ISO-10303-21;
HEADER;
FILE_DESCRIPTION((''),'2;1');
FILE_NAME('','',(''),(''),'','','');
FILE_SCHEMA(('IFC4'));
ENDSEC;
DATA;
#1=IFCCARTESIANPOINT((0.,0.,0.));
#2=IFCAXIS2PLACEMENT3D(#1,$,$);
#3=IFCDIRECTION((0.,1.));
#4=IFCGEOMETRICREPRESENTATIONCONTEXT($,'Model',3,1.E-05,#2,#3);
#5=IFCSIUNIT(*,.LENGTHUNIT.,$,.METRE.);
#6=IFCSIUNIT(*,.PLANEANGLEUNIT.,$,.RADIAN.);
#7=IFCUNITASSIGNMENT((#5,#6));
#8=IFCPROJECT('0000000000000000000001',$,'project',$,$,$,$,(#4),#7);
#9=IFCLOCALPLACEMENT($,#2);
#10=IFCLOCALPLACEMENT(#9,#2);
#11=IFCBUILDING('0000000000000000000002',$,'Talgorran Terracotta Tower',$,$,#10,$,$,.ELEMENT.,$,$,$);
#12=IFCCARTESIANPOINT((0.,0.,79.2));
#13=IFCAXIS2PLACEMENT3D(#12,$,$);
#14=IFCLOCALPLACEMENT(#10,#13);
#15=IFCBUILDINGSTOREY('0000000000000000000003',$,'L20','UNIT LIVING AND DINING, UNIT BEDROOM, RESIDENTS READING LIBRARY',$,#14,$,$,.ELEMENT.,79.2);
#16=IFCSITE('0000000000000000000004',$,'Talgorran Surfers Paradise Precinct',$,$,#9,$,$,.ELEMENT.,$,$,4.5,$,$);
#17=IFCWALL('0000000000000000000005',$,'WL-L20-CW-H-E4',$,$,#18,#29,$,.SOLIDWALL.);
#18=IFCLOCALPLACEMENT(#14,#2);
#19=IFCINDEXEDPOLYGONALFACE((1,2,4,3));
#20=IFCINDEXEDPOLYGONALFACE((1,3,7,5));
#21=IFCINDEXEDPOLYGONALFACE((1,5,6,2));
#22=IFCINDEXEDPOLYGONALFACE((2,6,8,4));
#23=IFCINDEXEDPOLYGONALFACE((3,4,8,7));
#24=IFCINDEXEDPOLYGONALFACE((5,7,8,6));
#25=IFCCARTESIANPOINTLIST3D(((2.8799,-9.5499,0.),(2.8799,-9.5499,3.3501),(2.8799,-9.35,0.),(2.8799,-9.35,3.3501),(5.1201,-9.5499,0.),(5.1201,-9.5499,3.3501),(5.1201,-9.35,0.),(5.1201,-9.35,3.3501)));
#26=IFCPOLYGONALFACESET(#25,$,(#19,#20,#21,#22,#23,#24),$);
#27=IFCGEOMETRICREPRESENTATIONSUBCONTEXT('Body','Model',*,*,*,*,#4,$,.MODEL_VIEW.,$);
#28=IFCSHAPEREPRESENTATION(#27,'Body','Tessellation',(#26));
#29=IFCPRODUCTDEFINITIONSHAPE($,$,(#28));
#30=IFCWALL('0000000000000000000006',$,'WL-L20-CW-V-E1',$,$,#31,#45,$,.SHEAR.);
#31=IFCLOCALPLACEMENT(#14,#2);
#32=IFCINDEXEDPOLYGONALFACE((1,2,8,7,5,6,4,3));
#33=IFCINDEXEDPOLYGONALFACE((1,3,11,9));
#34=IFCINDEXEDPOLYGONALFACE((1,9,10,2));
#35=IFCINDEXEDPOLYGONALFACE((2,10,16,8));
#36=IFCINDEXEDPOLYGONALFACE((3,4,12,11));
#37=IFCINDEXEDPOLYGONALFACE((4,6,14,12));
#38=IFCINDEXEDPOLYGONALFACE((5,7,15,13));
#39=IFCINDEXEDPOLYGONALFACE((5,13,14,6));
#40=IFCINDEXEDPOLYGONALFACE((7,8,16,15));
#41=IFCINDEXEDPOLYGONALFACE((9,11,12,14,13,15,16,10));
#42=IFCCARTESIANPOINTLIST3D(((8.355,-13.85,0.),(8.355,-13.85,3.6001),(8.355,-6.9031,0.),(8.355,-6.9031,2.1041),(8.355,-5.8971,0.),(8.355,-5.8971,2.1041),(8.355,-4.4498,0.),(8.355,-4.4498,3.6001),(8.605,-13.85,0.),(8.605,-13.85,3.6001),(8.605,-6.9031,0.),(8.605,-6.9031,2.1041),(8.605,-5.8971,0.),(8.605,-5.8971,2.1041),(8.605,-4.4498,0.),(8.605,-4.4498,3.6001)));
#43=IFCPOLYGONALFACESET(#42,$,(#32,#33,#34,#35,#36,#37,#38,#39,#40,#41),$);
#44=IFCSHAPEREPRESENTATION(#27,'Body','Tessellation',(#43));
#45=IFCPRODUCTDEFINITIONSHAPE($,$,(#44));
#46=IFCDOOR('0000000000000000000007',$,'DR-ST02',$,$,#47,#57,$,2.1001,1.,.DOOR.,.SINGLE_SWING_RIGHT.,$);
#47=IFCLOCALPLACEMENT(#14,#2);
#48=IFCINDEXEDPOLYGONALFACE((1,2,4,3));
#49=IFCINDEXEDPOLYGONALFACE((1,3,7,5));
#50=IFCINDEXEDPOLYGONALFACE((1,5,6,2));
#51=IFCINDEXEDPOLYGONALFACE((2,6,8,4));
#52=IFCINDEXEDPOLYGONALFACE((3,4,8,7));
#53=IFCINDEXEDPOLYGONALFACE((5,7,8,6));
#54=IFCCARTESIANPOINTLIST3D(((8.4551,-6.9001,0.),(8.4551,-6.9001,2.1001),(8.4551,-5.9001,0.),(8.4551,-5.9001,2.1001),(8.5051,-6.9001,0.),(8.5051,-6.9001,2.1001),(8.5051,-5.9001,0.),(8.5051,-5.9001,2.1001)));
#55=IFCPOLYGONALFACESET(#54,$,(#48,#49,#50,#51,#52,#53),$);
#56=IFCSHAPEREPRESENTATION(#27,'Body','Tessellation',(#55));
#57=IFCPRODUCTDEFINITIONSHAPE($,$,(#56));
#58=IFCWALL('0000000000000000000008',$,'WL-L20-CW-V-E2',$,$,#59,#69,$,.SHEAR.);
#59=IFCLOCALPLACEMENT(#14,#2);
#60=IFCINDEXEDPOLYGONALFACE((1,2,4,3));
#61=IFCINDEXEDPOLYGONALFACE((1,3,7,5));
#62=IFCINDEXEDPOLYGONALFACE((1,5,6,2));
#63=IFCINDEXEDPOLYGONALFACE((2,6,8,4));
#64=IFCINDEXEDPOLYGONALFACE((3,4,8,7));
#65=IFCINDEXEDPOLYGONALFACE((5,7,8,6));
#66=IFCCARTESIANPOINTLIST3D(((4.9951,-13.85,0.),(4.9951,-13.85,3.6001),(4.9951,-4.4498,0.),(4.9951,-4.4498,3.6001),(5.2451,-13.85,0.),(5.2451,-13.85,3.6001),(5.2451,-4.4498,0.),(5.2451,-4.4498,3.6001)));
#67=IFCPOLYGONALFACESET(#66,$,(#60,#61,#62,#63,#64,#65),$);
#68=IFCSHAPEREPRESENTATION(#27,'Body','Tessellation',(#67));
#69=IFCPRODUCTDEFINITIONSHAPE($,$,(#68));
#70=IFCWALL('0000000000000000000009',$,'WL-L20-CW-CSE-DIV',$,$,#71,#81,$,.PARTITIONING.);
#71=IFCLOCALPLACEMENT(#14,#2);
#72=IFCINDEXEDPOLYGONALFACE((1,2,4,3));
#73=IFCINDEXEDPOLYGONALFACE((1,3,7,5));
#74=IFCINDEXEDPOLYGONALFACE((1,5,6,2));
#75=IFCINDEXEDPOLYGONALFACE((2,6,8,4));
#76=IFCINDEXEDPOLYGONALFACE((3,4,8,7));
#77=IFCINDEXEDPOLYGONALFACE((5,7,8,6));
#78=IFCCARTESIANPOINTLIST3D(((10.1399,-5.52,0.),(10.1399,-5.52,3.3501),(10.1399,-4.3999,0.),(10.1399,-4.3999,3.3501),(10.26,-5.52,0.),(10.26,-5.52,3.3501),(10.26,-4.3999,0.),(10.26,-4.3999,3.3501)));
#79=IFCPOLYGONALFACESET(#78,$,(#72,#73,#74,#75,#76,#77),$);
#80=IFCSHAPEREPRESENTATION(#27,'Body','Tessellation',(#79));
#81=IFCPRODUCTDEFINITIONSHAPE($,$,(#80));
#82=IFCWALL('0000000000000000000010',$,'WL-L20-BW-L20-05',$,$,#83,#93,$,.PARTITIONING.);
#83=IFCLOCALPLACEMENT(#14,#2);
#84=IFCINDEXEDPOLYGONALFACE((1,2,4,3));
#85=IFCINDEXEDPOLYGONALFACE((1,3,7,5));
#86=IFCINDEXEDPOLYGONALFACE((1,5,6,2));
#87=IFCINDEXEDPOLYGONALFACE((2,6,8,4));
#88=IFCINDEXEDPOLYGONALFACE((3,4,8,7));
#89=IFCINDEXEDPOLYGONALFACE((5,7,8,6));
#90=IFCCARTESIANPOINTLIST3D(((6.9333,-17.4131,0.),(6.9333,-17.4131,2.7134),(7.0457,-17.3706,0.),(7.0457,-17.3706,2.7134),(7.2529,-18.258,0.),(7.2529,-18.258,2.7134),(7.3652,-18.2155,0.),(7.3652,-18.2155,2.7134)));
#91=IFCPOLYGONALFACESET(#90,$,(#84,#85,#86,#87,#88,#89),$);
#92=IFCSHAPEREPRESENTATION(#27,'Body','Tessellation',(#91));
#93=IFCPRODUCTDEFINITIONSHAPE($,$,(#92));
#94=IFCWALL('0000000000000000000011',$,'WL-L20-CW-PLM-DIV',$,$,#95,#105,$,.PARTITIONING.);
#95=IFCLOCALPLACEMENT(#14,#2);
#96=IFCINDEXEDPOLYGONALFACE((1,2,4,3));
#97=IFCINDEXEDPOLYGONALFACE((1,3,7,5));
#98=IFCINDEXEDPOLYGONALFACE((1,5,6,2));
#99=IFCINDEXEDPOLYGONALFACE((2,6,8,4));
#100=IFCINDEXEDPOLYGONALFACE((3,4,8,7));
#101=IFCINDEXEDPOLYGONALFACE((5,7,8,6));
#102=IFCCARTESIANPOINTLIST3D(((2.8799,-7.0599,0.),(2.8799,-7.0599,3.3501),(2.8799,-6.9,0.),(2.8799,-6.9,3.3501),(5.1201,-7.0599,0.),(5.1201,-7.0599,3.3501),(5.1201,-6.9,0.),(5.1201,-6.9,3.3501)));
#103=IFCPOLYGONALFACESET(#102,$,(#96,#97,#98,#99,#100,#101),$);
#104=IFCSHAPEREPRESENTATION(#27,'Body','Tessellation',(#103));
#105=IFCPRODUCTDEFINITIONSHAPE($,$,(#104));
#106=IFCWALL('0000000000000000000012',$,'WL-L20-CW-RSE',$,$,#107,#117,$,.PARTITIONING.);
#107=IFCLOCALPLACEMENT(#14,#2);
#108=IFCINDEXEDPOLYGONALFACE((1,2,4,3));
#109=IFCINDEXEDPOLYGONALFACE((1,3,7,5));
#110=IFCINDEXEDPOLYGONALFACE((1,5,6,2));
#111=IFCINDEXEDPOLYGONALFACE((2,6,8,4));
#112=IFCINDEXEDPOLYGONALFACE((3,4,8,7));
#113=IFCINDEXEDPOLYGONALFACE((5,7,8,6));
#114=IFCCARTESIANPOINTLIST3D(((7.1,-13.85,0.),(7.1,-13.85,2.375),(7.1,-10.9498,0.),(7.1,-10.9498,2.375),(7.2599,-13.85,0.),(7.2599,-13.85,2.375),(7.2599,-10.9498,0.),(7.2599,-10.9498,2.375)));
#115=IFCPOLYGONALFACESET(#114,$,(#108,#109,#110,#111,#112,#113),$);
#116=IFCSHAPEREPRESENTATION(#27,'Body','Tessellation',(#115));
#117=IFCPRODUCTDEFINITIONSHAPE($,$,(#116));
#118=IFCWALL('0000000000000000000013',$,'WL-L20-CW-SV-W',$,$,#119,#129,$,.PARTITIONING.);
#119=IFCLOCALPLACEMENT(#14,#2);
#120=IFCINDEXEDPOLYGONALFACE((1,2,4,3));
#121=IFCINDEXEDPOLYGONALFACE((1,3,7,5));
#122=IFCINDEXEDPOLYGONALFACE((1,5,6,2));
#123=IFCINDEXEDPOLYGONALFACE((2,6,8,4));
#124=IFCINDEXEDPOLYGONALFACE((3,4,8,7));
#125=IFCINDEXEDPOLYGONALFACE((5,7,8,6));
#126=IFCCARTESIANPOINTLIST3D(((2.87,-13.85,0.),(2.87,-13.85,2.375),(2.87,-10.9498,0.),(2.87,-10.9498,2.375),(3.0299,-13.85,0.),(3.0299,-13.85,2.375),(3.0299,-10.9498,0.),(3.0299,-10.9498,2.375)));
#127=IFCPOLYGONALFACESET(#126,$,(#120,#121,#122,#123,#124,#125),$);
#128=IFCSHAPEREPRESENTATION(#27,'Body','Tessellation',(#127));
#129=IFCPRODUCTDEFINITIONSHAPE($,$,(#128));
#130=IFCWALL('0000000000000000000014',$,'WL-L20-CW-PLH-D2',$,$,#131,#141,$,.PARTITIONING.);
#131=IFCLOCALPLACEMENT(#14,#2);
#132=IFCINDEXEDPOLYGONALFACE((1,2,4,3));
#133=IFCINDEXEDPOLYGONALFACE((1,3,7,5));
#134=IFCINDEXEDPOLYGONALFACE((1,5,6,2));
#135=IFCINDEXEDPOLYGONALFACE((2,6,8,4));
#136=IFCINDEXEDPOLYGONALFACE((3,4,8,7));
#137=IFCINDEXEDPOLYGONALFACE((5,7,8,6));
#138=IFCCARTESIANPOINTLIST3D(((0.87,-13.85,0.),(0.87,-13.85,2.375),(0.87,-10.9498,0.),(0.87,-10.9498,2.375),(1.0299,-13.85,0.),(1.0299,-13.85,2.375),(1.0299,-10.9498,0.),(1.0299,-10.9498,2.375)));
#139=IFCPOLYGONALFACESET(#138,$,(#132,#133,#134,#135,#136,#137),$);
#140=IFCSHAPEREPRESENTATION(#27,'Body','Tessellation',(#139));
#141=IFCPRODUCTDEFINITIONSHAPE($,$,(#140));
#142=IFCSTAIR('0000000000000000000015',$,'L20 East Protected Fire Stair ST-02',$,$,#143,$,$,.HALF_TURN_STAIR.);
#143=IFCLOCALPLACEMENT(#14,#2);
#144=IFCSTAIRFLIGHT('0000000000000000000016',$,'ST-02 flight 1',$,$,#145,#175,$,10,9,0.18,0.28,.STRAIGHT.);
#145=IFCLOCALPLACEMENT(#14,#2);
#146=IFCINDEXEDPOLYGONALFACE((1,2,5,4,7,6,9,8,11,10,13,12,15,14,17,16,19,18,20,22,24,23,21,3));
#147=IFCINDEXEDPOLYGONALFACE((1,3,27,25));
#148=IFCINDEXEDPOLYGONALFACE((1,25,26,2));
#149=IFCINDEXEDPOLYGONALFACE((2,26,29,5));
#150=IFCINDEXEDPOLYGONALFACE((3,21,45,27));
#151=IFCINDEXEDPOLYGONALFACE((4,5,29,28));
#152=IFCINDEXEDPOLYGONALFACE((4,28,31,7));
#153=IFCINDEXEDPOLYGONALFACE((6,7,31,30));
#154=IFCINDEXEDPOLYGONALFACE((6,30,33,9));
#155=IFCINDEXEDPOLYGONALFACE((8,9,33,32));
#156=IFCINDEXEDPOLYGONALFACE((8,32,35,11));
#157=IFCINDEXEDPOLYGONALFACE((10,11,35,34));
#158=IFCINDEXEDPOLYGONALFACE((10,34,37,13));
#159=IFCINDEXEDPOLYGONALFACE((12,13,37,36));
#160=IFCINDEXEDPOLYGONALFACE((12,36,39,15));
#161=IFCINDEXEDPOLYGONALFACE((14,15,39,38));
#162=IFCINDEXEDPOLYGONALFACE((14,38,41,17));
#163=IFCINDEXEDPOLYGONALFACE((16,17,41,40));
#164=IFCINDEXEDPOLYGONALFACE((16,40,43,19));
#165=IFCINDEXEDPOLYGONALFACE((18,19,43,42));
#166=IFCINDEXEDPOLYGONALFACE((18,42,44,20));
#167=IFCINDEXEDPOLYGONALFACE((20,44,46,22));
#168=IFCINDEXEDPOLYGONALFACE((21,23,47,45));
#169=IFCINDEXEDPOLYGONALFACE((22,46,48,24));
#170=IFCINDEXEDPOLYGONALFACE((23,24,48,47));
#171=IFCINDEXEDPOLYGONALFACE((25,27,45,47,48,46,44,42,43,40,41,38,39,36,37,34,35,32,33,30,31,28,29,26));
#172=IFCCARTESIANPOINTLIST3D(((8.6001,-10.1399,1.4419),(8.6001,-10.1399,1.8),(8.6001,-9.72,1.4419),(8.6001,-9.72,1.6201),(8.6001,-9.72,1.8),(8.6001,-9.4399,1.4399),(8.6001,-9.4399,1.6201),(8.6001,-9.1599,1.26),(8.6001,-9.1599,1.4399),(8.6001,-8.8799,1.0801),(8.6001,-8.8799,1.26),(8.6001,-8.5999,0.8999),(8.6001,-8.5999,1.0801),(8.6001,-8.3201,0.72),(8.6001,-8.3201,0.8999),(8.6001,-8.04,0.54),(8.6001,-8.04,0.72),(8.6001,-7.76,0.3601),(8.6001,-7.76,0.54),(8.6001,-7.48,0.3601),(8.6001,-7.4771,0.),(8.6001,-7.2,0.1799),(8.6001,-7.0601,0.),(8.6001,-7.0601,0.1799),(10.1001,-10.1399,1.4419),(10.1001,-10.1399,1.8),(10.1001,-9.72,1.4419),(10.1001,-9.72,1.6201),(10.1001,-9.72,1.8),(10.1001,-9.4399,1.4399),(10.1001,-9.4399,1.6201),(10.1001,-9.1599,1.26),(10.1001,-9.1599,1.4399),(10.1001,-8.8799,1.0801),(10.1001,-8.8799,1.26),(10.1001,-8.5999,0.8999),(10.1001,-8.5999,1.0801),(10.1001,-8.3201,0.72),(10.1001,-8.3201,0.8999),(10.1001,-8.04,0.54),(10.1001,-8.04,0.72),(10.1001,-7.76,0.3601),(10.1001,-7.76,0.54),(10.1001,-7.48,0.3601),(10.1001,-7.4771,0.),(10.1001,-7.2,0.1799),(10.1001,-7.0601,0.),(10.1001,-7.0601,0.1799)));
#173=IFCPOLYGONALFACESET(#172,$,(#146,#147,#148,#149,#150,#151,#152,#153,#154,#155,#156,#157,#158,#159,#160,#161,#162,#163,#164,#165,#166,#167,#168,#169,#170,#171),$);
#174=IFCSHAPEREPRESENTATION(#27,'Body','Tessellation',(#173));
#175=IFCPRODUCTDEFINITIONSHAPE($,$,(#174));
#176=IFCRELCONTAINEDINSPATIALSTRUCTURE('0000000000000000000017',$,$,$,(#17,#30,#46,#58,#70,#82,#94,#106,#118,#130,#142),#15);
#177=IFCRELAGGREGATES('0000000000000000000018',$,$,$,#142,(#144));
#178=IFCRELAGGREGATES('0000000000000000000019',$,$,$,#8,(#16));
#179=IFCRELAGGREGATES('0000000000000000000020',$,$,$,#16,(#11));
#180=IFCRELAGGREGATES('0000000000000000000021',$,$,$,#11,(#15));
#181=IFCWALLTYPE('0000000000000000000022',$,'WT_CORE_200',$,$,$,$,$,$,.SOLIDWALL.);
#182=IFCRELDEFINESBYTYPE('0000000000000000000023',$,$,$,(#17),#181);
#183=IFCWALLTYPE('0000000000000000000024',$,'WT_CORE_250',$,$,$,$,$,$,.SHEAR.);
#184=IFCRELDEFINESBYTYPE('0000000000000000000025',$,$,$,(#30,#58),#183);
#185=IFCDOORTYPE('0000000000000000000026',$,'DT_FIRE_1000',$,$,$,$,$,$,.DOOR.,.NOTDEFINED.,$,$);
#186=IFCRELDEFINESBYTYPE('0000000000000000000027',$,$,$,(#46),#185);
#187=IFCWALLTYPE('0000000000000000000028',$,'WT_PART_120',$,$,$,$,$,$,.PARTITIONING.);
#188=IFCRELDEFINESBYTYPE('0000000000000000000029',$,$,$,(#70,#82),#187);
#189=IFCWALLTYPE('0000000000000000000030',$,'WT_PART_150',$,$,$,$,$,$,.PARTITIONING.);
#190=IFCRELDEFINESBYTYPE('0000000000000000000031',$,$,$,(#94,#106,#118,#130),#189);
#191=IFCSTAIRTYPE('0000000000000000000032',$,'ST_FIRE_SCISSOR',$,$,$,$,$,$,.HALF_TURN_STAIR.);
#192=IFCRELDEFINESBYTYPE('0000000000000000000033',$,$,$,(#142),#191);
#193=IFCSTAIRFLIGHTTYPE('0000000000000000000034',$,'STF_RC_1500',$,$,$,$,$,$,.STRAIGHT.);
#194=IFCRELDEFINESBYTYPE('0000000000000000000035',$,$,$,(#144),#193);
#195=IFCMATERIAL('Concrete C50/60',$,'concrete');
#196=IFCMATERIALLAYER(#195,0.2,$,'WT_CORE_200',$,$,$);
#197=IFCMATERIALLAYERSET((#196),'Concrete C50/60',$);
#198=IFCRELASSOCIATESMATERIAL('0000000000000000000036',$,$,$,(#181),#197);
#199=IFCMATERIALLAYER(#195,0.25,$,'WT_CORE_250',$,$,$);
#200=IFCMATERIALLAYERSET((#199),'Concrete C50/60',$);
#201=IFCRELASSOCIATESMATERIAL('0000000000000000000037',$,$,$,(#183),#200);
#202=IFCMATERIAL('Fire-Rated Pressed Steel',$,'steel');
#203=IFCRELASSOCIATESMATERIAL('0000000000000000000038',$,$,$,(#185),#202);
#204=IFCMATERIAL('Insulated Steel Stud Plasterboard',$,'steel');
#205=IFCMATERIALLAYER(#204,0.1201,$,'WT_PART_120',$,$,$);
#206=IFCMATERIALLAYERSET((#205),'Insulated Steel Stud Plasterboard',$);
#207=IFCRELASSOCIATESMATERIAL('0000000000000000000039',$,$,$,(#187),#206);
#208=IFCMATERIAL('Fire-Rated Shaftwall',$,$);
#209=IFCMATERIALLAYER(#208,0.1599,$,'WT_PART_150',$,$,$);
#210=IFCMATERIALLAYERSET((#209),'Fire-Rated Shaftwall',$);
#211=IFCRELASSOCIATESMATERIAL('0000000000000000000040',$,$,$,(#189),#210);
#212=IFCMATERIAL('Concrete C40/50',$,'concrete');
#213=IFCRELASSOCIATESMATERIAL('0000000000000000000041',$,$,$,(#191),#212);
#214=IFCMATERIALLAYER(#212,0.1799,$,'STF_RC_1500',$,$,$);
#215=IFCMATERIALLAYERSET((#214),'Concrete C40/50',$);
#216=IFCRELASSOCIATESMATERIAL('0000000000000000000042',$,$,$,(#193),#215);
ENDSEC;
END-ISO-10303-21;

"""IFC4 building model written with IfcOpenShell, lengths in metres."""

from ifc_helpers import new_model, si_unit, direction, frame, frame_2d, origin, place, context, subcontext, project, spatial, polyline, rectangle, outline, extrude, material, layer, layer_set, type_object, element, fill, aggregate, save


model = new_model("IFC4")

# Units and contexts
model_context = context("Model", 3, precision=1e-05, world=origin(), true_north=direction((0.0, 1.0)))
body_context = subcontext(model_context, "Body", "Model", "MODEL_VIEW")
ifc_project = project(units=[si_unit("LENGTHUNIT", "METRE"), si_unit("PLANEANGLEUNIT", "RADIAN")], contexts=[model_context])

# Site, building, storey
site_placement = place(None, origin())
site = spatial("IfcSite", under=ifc_project, at=site_placement, Name="Talgorran Surfers Paradise Precinct", CompositionType="ELEMENT", RefElevation=4.5)
building_placement = place(site_placement, origin())
building = spatial("IfcBuilding", under=site, at=building_placement, Name="Talgorran Terracotta Tower", CompositionType="ELEMENT")
storey_placement = place(building_placement, frame((0.0, 0.0, 79.2)))
storey = spatial("IfcBuildingStorey", under=building, at=storey_placement, Name="L20", Description="UNIT LIVING AND DINING, UNIT BEDROOM, RESIDENTS READING LIBRARY", CompositionType="ELEMENT", Elevation=79.2)

# Shared definitions
ifc_material_1 = material(Name="Concrete C50/60", Category="concrete")
ifc_layer_1 = layer(ifc_material_1, 0.2, Name="WT_CORE_200")
ifc_layer_set_1 = layer_set([ifc_layer_1], Name="Concrete C50/60")
wall_type_1 = type_object("IfcWallType", Name="WT_CORE_200", PredefinedType="SOLIDWALL", material=ifc_layer_set_1)

# Shared definitions
ifc_material_2 = material(Name="Fire-Rated Pressed Steel", Category="steel")

# Wall
wall_1_placement = place(storey_placement, frame((2.8799, -9.45, 0.0), z_axis=(0.0, 0.0, 1.0), x_axis=(1.0, 0.0, 0.0)))
element("IfcWall", 1, at=wall_1_placement, inside=storey, type_object=wall_type_1, Name="WL-L20-CW-H-E4", PredefinedType="SOLIDWALL", context=body_context, shape_type="SweptSolid", body=[
    extrude(rectangle(XDim=2.2402, YDim=0.2, at=frame_2d((1.1201, 0.0))), origin(), (0.0, 0.0, 1.0), 3.3501),
])

# Wall, opening, door
ifc_layer_2 = layer(ifc_material_1, 0.25, Name="WT_CORE_250")
ifc_layer_set_2 = layer_set([ifc_layer_2], Name="Concrete C50/60")
wall_type_2 = type_object("IfcWallType", Name="WT_CORE_250", PredefinedType="SHEAR", material=ifc_layer_set_2)
wall_2_placement = place(storey_placement, frame((8.48, -13.8501, 0.0), z_axis=(0.0, 0.0, 1.0), x_axis=(0.0, 1.0, 0.0)))
wall_2 = element("IfcWall", 2, at=wall_2_placement, inside=storey, type_object=wall_type_2, Name="WL-L20-CW-V-E1", PredefinedType="SHEAR", context=body_context, shape_type="SweptSolid", body=[
    extrude(rectangle(XDim=9.4001, YDim=0.25, at=frame_2d((4.7002, 0.0))), origin(), (0.0, 0.0, 1.0), 3.6001),
])
opening_1_placement = place(wall_2_placement, frame((6.95, 0.0, 0.0)))
opening_1 = element("IfcOpeningElement", 3, at=opening_1_placement, cuts=wall_2, PredefinedType="OPENING", context=body_context, shape_type="SweptSolid", body=[
    extrude(rectangle(XDim=1.006, YDim=2.1041, at=frame_2d((0.5, 1.052))), frame((0.0, 0.135, 0.0), z_axis=(0.0, -1.0, 0.0), x_axis=(1.0, 0.0, 0.0)), (0.0, 0.0, 1.0), 0.27),
])
door_type_1 = type_object("IfcDoorType", Name="DT_FIRE_1000", OperationType="NOTDEFINED", PredefinedType="DOOR", material=ifc_material_2)
door_1_placement = place(opening_1_placement, origin())
door_1 = element("IfcDoor", 4, at=door_1_placement, inside=storey, type_object=door_type_1, Name="DR-ST02", OperationType="SINGLE_SWING_RIGHT", OverallHeight=2.1001, OverallWidth=1.0, PredefinedType="DOOR", context=body_context, shape_type="SweptSolid", body=[
    extrude(rectangle(XDim=1.0, YDim=2.1001, at=frame_2d((0.5, 1.05))), frame((0.0, 0.0249, 0.0), z_axis=(0.0, -1.0, 0.0), x_axis=(1.0, 0.0, 0.0)), (0.0, 0.0, 1.0), 0.05),
])
fill(opening_1, door_1)

# Walls
wall_3_placement = place(storey_placement, frame((5.1201, -13.8501, 0.0), z_axis=(0.0, 0.0, 1.0), x_axis=(0.0, 1.0, 0.0)))
element("IfcWall", 5, at=wall_3_placement, inside=storey, type_object=wall_type_2, Name="WL-L20-CW-V-E2", PredefinedType="SHEAR", context=body_context, shape_type="SweptSolid", body=[
    extrude(rectangle(XDim=9.4001, YDim=0.25, at=frame_2d((4.7002, 0.0))), origin(), (0.0, 0.0, 1.0), 3.6001),
])
ifc_material_3 = material(Name="Insulated Steel Stud Plasterboard", Category="steel")
ifc_layer_3 = layer(ifc_material_3, 0.1201, Name="WT_PART_120")
ifc_layer_set_3 = layer_set([ifc_layer_3], Name="Insulated Steel Stud Plasterboard")
wall_type_3 = type_object("IfcWallType", Name="WT_PART_120", PredefinedType="PARTITIONING", material=ifc_layer_set_3)
wall_4_placement = place(storey_placement, frame((10.2, -5.52, 0.0), z_axis=(0.0, 0.0, 1.0), x_axis=(0.0, 1.0, 0.0)))
element("IfcWall", 6, at=wall_4_placement, inside=storey, type_object=wall_type_3, Name="WL-L20-CW-CSE-DIV", PredefinedType="PARTITIONING", context=body_context, shape_type="SweptSolid", body=[
    extrude(rectangle(XDim=1.1201, YDim=0.1201, at=frame_2d((0.5601, 0.0))), origin(), (0.0, 0.0, 1.0), 3.3501),
])
wall_5_placement = place(storey_placement, frame((6.9895, -17.3918, 0.0), z_axis=(0.0, 0.0, 1.0), x_axis=(0.353758, -0.935337, 0.0)))
element("IfcWall", 7, at=wall_5_placement, inside=storey, type_object=wall_type_3, Name="WL-L20-BW-L20-05", PredefinedType="PARTITIONING", context=body_context, shape_type="SweptSolid", body=[
    extrude(rectangle(XDim=0.9033, YDim=0.1201, at=frame_2d((0.4517, 0.0))), origin(), (0.0, 0.0, 1.0), 2.7134),
])
ifc_material_4 = material(Name="Fire-Rated Shaftwall")
ifc_layer_4 = layer(ifc_material_4, 0.1599, Name="WT_PART_150")
ifc_layer_set_4 = layer_set([ifc_layer_4], Name="Fire-Rated Shaftwall")
wall_type_4 = type_object("IfcWallType", Name="WT_PART_150", PredefinedType="PARTITIONING", material=ifc_layer_set_4)
wall_6_placement = place(storey_placement, frame((2.8799, -6.98, 0.0), z_axis=(0.0, 0.0, 1.0), x_axis=(1.0, 0.0, 0.0)))
element("IfcWall", 8, at=wall_6_placement, inside=storey, type_object=wall_type_4, Name="WL-L20-CW-PLM-DIV", PredefinedType="PARTITIONING", context=body_context, shape_type="SweptSolid", body=[
    extrude(rectangle(XDim=2.2402, YDim=0.1599, at=frame_2d((1.1201, 0.0))), origin(), (0.0, 0.0, 1.0), 3.3501),
])
for number, where, z_axis, x_axis, name in (
    (9, (7.1799, -13.8501, 0.0), (0.0, 0.0, 1.0), (0.0, 1.0, 0.0), "WL-L20-CW-RSE"),
    (10, (2.95, -13.8501, 0.0), (0.0, 0.0, 1.0), (0.0, 1.0, 0.0), "WL-L20-CW-SV-W"),
    (11, (0.95, -13.8501, 0.0), (0.0, 0.0, 1.0), (0.0, 1.0, 0.0), "WL-L20-CW-PLH-D2"),
):
    element("IfcWall", number, at=place(storey_placement, frame(where, z_axis=z_axis, x_axis=x_axis)), inside=storey, type_object=wall_type_4, Name=name, PredefinedType="PARTITIONING", context=body_context, shape_type="SweptSolid", body=[
        extrude(rectangle(XDim=2.9001, YDim=0.1599, at=frame_2d((1.4502, 0.0))), origin(), (0.0, 0.0, 1.0), 2.375),
    ])

# Stair, stair flight
ifc_material_5 = material(Name="Concrete C40/50", Category="concrete")
stair_type = type_object("IfcStairType", Name="ST_FIRE_SCISSOR", PredefinedType="HALF_TURN_STAIR", material=ifc_material_5)
stair_placement = place(storey_placement, origin())
stair = element("IfcStair", 12, at=stair_placement, inside=storey, type_object=stair_type, Name="L20 East Protected Fire Stair ST-02", PredefinedType="HALF_TURN_STAIR")
ifc_layer_5 = layer(ifc_material_5, 0.1799, Name="STF_RC_1500")
ifc_layer_set_5 = layer_set([ifc_layer_5], Name="Concrete C40/50")
stair_flight_type = type_object("IfcStairFlightType", Name="STF_RC_1500", PredefinedType="STRAIGHT", material=ifc_layer_set_5)
stair_flight_placement = place(storey_placement, frame((9.3501, -7.2, 0.0), z_axis=(0.0, 0.0, 1.0), x_axis=(0.0, -1.0, 0.0)))
stair_flight = element("IfcStairFlight", 13, at=stair_flight_placement, type_object=stair_flight_type, Name="ST-02 flight 1", NumberOfRisers=10, NumberOfTreads=9, PredefinedType="STRAIGHT", RiserHeight=0.18, TreadLength=0.28, context=body_context, shape_type="SweptSolid", body=[
    extrude(outline(polyline([(-0.1399, 0.0), (-0.1399, 0.1799), (0.0, 0.1799), (0.28, 0.3601), (0.5601, 0.3601), (0.5601, 0.54), (0.8401, 0.54), (0.8401, 0.72), (1.1201, 0.72), (1.1201, 0.8999), (1.3999, 0.8999), (1.3999, 1.0801), (1.6799, 1.0801), (1.6799, 1.26), (1.96, 1.26), (1.96, 1.4399), (2.24, 1.4399), (2.24, 1.6201), (2.52, 1.6201), (2.52, 1.8), (2.9399, 1.8), (2.9399, 1.4419), (2.52, 1.4419), (0.2771, 0.0), (-0.1399, 0.0)])), frame((0.0, 0.75, 0.0), z_axis=(0.0, -1.0, 0.0), x_axis=(1.0, 0.0, 0.0)), (0.0, 0.0, 1.0), 1.5),
])
aggregate(stair, [stair_flight])

save(model, "model.ifc")
